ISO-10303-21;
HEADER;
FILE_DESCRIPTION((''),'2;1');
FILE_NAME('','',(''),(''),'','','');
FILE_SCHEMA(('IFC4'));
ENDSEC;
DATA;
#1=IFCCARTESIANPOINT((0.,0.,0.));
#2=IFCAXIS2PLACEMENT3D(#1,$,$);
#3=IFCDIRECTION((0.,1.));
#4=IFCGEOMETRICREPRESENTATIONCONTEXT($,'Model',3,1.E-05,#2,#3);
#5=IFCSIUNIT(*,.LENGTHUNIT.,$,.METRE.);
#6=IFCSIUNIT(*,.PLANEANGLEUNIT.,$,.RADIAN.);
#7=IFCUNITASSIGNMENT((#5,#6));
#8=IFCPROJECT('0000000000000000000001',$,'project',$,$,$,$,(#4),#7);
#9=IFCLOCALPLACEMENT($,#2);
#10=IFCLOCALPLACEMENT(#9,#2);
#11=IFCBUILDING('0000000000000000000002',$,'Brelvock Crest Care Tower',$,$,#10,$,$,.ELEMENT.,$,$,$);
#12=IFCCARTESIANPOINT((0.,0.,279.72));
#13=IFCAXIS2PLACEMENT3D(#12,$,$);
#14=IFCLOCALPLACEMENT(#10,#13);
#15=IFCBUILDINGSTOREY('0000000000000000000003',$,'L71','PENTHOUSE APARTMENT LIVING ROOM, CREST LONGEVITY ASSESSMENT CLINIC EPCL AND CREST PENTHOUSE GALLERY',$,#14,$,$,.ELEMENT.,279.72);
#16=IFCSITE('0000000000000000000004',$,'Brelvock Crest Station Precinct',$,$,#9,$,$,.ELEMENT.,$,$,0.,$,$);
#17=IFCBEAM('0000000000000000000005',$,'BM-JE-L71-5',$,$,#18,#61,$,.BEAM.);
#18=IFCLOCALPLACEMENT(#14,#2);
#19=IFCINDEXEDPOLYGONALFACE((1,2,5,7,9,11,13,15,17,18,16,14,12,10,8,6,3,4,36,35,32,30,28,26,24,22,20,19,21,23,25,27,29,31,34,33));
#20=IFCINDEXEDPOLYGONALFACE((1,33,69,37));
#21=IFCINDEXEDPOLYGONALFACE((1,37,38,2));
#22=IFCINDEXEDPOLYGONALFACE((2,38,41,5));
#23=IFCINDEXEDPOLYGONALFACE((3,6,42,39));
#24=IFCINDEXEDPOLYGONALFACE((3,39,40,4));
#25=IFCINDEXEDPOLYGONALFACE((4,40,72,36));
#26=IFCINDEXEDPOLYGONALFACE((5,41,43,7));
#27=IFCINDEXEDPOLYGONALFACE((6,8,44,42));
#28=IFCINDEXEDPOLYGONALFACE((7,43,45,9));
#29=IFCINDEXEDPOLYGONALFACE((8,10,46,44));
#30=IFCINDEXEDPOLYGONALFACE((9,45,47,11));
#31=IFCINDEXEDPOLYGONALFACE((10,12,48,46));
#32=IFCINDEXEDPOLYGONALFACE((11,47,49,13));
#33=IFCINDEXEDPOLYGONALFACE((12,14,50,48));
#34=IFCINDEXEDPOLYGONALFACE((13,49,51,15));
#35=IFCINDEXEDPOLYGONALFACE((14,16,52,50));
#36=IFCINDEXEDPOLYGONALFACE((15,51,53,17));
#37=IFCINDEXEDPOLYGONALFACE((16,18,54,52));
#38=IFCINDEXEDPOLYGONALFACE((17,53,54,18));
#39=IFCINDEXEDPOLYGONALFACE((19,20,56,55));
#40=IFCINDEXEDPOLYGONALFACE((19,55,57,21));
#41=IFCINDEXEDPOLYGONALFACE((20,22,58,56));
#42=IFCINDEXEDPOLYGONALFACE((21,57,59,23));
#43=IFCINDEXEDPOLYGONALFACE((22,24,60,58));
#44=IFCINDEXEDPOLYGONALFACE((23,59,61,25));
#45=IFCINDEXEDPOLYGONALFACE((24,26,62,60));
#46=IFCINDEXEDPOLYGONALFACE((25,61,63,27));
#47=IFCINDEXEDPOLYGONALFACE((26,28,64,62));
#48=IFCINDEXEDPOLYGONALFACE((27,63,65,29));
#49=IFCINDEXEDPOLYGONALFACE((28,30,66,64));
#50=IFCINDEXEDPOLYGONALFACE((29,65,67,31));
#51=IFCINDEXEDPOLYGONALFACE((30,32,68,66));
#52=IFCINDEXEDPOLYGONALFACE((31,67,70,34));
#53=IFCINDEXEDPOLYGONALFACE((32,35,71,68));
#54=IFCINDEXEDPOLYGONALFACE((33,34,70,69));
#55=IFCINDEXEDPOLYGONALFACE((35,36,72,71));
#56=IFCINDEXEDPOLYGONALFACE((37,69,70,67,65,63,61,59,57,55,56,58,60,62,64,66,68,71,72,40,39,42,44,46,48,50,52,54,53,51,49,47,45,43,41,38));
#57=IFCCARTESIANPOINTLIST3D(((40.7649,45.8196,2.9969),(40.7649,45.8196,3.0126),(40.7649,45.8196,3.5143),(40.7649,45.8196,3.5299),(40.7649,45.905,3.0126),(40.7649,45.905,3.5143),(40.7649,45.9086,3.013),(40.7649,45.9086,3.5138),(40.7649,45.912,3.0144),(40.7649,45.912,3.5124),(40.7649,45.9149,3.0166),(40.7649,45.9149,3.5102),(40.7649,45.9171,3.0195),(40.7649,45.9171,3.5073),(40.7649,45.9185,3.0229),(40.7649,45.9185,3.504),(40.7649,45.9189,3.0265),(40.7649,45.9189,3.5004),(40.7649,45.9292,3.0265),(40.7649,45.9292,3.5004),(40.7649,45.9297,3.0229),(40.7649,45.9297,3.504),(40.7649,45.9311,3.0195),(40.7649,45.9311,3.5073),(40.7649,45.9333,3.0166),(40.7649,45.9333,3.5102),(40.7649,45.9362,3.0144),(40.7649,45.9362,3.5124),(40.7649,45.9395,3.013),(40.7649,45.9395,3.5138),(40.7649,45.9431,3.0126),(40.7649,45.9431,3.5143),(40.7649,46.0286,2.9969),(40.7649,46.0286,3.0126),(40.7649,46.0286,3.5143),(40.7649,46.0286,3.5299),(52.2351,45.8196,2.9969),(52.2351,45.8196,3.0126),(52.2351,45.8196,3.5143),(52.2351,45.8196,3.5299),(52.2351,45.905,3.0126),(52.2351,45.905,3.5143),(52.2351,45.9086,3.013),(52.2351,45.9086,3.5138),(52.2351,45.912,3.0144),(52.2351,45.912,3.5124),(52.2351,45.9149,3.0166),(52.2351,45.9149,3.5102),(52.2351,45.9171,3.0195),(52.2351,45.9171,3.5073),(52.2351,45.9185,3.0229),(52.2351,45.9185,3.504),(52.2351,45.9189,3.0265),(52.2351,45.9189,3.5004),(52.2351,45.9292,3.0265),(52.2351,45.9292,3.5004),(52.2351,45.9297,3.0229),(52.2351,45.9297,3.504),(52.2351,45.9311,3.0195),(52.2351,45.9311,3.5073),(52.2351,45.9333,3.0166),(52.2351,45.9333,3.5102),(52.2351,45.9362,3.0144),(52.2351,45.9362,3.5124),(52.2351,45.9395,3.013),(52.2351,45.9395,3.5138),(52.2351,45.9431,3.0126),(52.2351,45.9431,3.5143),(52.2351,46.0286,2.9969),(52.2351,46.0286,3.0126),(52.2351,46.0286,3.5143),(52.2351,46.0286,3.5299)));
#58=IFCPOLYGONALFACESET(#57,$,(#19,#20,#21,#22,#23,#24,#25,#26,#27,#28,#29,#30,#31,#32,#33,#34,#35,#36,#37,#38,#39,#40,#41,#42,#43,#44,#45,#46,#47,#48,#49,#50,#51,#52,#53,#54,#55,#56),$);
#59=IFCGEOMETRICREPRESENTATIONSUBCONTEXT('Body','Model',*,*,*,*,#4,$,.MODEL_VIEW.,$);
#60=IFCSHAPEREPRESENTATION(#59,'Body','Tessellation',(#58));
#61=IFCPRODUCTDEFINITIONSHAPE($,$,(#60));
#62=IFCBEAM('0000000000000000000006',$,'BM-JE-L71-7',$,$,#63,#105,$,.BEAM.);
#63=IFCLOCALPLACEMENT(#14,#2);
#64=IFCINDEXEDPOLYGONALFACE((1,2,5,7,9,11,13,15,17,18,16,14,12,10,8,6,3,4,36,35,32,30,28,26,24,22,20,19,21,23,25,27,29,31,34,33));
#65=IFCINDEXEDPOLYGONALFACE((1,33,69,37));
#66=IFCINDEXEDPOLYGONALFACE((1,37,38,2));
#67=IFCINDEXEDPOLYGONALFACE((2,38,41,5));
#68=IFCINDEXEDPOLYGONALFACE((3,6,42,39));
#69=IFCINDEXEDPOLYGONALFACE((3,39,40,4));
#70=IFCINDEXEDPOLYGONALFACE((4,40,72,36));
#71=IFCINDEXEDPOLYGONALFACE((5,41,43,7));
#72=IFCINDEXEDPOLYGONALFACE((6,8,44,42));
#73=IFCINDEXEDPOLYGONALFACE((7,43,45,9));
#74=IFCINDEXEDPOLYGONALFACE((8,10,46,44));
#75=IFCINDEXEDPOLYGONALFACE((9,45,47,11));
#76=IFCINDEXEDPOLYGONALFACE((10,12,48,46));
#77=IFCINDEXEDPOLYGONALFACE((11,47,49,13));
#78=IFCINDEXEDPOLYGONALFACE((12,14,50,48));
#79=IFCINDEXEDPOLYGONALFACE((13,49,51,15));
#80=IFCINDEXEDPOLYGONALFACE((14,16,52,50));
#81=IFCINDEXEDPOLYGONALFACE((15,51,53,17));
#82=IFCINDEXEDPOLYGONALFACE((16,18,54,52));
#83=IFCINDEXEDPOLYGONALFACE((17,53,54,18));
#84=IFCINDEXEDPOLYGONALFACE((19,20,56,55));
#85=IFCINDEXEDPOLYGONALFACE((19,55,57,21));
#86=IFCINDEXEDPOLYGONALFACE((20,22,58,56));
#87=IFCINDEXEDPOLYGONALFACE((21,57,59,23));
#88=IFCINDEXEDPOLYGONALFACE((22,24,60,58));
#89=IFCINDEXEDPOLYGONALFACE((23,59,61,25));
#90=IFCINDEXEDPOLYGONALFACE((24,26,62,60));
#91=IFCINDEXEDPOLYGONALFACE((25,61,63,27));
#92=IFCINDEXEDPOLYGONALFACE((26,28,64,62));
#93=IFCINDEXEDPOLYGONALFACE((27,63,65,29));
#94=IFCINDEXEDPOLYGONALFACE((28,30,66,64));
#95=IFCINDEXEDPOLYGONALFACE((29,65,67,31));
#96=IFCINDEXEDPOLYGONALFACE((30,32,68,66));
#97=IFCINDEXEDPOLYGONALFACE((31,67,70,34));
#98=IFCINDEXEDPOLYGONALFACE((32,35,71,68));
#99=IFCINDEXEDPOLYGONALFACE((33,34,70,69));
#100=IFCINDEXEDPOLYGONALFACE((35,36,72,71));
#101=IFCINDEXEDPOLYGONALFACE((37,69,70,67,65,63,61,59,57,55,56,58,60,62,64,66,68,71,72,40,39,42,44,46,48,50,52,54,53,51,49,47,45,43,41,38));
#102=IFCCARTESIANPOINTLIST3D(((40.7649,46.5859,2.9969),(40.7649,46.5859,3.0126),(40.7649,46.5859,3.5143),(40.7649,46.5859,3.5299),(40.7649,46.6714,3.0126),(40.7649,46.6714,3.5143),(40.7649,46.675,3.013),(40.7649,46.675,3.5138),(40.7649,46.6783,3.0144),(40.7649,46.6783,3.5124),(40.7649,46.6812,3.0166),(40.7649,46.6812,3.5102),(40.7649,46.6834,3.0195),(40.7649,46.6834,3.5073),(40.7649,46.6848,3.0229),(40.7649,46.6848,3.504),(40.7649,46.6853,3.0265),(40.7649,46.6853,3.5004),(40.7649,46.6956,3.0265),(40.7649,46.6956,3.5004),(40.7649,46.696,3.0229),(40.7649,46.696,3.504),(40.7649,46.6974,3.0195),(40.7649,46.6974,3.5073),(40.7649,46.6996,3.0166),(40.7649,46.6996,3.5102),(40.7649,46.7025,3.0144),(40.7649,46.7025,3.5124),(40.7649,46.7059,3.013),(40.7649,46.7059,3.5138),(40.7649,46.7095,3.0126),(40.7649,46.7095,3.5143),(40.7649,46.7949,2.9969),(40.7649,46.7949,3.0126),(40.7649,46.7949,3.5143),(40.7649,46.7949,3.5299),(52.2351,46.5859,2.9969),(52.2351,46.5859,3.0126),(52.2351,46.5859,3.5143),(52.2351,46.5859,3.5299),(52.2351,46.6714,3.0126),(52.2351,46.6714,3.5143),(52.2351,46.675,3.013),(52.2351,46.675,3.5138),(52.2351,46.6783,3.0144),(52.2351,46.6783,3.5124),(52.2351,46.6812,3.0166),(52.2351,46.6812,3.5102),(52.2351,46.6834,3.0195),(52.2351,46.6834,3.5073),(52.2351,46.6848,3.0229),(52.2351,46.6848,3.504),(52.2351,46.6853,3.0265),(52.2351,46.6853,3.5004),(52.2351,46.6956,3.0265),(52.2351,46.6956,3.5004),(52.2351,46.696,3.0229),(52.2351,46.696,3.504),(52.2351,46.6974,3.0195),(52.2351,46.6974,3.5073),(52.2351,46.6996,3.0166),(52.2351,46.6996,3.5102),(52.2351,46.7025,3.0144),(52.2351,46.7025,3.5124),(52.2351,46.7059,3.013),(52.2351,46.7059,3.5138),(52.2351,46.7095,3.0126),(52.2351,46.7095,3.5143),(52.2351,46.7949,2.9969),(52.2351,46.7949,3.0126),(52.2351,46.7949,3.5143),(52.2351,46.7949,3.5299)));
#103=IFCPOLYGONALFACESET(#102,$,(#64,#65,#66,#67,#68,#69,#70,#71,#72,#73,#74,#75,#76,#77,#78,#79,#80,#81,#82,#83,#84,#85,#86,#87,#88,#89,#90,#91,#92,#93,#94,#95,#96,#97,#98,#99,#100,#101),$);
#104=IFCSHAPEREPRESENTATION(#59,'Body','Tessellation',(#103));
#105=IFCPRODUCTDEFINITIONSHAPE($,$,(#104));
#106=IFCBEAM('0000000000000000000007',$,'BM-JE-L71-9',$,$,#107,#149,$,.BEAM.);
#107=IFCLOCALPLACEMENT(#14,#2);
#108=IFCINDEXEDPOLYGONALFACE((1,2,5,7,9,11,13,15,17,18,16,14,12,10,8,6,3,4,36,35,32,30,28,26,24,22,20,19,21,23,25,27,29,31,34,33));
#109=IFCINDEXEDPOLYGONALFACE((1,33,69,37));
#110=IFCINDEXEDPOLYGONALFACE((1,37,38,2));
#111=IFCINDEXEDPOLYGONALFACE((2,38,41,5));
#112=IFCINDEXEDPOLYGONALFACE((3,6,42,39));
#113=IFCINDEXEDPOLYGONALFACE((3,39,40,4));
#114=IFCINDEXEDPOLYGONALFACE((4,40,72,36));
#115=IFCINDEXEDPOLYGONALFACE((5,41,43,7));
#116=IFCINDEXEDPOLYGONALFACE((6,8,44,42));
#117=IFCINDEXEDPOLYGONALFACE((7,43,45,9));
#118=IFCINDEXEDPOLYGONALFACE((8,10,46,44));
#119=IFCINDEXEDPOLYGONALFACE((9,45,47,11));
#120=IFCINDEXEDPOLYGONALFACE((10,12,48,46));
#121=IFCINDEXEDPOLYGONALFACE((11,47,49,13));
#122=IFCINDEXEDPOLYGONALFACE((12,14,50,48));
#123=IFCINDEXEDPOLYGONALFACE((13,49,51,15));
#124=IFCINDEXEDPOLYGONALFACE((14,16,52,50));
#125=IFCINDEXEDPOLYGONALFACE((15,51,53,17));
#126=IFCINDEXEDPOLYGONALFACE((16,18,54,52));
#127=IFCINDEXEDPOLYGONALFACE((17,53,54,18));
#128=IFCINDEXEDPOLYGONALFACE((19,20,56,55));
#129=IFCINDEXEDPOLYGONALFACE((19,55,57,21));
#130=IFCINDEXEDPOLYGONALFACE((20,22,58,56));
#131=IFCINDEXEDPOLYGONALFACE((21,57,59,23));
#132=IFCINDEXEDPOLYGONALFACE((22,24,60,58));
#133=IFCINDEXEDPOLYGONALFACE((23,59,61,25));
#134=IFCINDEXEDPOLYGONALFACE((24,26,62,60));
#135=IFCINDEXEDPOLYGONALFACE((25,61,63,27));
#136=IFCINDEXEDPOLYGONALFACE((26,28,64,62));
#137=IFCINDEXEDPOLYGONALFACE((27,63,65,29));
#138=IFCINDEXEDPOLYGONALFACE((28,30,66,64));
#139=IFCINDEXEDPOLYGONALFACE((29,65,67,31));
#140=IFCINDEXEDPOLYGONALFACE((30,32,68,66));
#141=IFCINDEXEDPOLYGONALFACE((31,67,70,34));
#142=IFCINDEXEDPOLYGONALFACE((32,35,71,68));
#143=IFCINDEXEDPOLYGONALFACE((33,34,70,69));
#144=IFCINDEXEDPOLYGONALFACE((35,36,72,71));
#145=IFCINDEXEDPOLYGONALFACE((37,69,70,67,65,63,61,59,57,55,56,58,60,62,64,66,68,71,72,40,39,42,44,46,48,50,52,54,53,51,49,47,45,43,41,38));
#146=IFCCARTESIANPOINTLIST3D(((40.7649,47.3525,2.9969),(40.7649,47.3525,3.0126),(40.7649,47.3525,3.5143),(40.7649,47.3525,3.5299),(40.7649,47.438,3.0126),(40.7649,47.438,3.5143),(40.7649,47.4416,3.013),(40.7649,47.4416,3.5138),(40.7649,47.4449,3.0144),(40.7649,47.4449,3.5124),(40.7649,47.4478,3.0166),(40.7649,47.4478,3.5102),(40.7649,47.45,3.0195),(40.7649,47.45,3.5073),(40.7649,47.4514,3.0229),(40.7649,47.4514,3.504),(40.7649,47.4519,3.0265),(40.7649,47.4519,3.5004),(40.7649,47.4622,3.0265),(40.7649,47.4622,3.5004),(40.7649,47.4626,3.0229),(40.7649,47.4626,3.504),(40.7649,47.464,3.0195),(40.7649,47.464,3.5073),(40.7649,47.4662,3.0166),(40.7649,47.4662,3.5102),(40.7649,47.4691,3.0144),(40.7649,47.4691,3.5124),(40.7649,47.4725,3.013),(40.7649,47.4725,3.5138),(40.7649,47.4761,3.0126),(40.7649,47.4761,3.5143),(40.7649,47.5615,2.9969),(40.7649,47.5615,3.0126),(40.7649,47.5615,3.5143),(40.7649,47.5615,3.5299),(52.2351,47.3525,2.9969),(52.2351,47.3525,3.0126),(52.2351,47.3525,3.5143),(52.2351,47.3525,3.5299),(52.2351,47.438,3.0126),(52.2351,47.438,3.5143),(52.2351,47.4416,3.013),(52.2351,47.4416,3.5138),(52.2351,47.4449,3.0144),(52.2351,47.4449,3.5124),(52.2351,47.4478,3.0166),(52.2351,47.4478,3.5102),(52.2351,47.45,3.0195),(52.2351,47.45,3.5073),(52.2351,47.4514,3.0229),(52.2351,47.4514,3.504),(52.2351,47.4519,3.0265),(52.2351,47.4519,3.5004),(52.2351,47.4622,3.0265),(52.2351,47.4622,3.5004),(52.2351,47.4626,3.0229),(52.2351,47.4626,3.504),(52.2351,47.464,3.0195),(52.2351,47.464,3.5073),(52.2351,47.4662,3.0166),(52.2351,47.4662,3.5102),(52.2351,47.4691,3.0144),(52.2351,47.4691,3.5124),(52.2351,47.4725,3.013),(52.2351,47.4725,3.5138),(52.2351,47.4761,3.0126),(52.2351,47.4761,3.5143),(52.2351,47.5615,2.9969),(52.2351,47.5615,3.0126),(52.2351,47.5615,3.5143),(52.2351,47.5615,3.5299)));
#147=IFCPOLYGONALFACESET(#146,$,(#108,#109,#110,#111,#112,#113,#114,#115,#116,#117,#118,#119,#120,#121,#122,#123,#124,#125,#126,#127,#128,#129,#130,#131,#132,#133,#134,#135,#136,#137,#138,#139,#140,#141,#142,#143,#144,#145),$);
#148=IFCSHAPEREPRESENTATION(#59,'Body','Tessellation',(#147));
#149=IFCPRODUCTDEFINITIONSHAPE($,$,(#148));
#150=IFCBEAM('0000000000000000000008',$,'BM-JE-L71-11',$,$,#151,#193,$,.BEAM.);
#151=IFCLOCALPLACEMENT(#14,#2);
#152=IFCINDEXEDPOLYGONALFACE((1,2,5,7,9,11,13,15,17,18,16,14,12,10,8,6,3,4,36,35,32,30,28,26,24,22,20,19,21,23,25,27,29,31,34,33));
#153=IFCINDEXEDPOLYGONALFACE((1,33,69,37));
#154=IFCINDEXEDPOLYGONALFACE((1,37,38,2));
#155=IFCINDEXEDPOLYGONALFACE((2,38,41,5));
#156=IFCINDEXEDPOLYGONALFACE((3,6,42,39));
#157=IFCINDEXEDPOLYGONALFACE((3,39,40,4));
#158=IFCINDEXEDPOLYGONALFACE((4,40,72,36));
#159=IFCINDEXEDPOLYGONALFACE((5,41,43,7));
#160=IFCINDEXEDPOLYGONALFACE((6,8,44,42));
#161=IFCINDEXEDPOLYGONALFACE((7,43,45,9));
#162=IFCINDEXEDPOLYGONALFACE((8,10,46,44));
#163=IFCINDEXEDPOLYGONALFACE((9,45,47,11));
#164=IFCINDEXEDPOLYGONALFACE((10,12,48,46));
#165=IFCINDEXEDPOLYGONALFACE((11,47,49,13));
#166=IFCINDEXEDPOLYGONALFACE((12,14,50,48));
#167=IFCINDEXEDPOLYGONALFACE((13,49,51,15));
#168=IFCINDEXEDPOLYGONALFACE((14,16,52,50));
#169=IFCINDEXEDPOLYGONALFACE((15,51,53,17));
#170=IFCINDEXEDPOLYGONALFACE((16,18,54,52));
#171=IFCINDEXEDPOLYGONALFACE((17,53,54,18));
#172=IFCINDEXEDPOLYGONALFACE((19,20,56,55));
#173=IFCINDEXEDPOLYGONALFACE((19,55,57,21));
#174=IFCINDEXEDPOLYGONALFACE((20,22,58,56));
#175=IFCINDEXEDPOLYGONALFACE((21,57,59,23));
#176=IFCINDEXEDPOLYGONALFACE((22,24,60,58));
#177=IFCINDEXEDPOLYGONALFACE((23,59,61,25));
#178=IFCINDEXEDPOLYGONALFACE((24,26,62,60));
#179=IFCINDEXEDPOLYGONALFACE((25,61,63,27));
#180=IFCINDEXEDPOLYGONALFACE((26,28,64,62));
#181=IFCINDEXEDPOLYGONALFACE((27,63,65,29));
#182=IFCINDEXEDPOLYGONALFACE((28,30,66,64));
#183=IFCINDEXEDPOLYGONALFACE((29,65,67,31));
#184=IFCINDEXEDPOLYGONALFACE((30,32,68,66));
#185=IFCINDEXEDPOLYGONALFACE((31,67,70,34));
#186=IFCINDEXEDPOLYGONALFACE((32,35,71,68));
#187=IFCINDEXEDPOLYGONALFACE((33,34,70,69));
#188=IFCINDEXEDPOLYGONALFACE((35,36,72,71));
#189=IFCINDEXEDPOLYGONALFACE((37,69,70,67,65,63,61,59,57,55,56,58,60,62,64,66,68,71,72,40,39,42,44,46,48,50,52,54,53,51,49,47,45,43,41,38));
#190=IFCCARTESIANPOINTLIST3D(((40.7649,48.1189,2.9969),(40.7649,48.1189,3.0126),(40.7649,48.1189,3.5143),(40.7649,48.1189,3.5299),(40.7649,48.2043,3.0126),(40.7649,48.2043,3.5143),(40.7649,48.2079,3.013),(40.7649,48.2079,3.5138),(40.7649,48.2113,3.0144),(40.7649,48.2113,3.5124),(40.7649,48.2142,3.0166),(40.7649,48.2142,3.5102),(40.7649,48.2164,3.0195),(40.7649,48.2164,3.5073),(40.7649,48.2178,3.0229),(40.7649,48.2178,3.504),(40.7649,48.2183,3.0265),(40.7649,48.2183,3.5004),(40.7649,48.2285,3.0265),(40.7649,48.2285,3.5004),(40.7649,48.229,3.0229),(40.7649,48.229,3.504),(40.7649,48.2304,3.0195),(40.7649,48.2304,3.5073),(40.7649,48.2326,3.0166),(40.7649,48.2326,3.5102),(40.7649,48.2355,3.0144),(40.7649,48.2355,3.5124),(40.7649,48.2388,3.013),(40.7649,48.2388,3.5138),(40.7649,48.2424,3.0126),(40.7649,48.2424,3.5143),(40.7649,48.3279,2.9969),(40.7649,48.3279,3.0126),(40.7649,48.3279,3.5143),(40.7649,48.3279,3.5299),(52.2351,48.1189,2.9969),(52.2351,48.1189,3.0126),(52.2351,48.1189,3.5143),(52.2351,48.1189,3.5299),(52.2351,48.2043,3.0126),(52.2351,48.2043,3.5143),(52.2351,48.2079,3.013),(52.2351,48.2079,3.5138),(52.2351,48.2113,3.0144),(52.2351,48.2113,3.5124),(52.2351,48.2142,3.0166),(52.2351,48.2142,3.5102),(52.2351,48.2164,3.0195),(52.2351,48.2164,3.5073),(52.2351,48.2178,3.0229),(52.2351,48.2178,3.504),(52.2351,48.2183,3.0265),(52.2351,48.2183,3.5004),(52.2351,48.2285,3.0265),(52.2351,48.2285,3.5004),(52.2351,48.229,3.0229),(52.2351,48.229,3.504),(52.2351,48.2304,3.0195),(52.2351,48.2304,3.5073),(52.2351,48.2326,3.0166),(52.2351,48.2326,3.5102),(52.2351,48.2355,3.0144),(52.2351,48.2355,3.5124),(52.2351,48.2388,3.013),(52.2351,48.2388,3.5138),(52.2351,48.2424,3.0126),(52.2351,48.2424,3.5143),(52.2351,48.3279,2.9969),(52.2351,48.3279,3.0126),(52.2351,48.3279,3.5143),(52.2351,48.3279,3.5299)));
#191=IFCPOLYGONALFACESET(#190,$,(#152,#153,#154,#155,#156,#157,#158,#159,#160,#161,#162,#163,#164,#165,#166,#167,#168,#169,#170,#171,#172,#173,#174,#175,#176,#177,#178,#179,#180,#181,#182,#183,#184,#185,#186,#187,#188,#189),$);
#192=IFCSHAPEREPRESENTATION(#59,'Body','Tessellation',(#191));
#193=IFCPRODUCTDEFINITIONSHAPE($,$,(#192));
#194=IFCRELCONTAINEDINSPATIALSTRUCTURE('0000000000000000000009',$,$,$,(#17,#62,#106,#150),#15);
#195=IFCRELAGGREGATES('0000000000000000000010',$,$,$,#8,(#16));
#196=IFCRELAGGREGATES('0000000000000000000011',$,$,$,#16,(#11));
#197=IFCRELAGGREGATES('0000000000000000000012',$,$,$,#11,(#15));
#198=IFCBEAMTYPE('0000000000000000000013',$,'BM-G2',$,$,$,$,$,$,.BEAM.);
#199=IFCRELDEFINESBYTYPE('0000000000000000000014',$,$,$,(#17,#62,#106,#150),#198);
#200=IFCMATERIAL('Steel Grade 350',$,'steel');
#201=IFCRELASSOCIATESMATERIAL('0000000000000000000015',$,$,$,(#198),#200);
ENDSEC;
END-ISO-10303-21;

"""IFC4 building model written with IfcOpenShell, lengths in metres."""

from ifc_helpers import new_model, si_unit, direction, frame, origin, origin_2d, place, context, subcontext, project, spatial, i_section, extrude, source, transform, mapped, material, material_profile, profile_set, type_object, element, save


model = new_model("IFC4")

# Units and contexts
model_context = context("Model", 3, precision=1e-05, world=origin(), true_north=direction((0.0, 1.0)))
body_context = subcontext(model_context, "Body", "Model", "MODEL_VIEW")
ifc_project = project(units=[si_unit("LENGTHUNIT", "METRE"), si_unit("PLANEANGLEUNIT", "RADIAN")], contexts=[model_context])

# Site, building, storey
site_placement = place(None, origin())
site = spatial("IfcSite", under=ifc_project, at=site_placement, Name="Brelvock Crest Station Precinct", CompositionType="ELEMENT", RefElevation=0.0)
building_placement = place(site_placement, origin())
building = spatial("IfcBuilding", under=site, at=building_placement, Name="Brelvock Crest Care Tower", CompositionType="ELEMENT")
storey_placement = place(building_placement, frame((0.0, 0.0, 279.72)))
storey = spatial("IfcBuildingStorey", under=building, at=storey_placement, Name="L71", Description="PENTHOUSE APARTMENT LIVING ROOM, CREST LONGEVITY ASSESSMENT CLINIC EPCL AND CREST PENTHOUSE GALLERY", CompositionType="ELEMENT", Elevation=279.72)

# Beams
ifc_material_1 = material(Name="Steel Grade 350", Category="steel")
ifc_material_profile_1 = material_profile(ifc_material_1, i_section(OverallWidth=0.209, OverallDepth=0.533, WebThickness=0.0103, FlangeThickness=0.0156, FilletRadius=0.0139, at=origin_2d()), Name="530UB92.4")
ifc_profile_set_1 = profile_set([ifc_material_profile_1], Name="Steel Grade 350")
beam_type_1 = type_object("IfcBeamType", Name="BM-G2", PredefinedType="BEAM", material=ifc_profile_set_1)
shared_shape_1 = source(origin(), body_context, "Body", "SweptSolid", [
    extrude(i_section(OverallWidth=0.209, OverallDepth=0.533, WebThickness=0.0103, FlangeThickness=0.0156, FilletRadius=0.0139, at=origin_2d()), origin(), (0.0, 0.0, 1.0), 11.4702),
])
for number, where, z_axis, x_axis, name in (
    (1, (40.7649, 45.9241, 3.2634), (1.0, 0.0, 0.0), (0.0, 1.0, 0.0), "BM-JE-L71-5"),
    (2, (40.7649, 46.6904, 3.2634), (1.0, 0.0, 0.0), (0.0, 1.0, 0.0), "BM-JE-L71-7"),
    (3, (40.7649, 47.457, 3.2634), (1.0, 0.0, 0.0), (0.0, 1.0, 0.0), "BM-JE-L71-9"),
    (4, (40.7649, 48.2234, 3.2634), (1.0, 0.0, 0.0), (0.0, 1.0, 0.0), "BM-JE-L71-11"),
):
    element("IfcBeam", number, at=place(storey_placement, frame(where, z_axis=z_axis, x_axis=x_axis)), inside=storey, type_object=beam_type_1, Name=name, PredefinedType="BEAM", context=body_context, shape_type="MappedRepresentation", body=[
        mapped(shared_shape_1, transform((0.0, 0.0, 0.0), x_axis=(1.0, 0.0, 0.0), y_axis=(0.0, 1.0, 0.0), z_axis=(0.0, 0.0, 1.0), scale=1.0)),
    ])

save(model, "model.ifc")
